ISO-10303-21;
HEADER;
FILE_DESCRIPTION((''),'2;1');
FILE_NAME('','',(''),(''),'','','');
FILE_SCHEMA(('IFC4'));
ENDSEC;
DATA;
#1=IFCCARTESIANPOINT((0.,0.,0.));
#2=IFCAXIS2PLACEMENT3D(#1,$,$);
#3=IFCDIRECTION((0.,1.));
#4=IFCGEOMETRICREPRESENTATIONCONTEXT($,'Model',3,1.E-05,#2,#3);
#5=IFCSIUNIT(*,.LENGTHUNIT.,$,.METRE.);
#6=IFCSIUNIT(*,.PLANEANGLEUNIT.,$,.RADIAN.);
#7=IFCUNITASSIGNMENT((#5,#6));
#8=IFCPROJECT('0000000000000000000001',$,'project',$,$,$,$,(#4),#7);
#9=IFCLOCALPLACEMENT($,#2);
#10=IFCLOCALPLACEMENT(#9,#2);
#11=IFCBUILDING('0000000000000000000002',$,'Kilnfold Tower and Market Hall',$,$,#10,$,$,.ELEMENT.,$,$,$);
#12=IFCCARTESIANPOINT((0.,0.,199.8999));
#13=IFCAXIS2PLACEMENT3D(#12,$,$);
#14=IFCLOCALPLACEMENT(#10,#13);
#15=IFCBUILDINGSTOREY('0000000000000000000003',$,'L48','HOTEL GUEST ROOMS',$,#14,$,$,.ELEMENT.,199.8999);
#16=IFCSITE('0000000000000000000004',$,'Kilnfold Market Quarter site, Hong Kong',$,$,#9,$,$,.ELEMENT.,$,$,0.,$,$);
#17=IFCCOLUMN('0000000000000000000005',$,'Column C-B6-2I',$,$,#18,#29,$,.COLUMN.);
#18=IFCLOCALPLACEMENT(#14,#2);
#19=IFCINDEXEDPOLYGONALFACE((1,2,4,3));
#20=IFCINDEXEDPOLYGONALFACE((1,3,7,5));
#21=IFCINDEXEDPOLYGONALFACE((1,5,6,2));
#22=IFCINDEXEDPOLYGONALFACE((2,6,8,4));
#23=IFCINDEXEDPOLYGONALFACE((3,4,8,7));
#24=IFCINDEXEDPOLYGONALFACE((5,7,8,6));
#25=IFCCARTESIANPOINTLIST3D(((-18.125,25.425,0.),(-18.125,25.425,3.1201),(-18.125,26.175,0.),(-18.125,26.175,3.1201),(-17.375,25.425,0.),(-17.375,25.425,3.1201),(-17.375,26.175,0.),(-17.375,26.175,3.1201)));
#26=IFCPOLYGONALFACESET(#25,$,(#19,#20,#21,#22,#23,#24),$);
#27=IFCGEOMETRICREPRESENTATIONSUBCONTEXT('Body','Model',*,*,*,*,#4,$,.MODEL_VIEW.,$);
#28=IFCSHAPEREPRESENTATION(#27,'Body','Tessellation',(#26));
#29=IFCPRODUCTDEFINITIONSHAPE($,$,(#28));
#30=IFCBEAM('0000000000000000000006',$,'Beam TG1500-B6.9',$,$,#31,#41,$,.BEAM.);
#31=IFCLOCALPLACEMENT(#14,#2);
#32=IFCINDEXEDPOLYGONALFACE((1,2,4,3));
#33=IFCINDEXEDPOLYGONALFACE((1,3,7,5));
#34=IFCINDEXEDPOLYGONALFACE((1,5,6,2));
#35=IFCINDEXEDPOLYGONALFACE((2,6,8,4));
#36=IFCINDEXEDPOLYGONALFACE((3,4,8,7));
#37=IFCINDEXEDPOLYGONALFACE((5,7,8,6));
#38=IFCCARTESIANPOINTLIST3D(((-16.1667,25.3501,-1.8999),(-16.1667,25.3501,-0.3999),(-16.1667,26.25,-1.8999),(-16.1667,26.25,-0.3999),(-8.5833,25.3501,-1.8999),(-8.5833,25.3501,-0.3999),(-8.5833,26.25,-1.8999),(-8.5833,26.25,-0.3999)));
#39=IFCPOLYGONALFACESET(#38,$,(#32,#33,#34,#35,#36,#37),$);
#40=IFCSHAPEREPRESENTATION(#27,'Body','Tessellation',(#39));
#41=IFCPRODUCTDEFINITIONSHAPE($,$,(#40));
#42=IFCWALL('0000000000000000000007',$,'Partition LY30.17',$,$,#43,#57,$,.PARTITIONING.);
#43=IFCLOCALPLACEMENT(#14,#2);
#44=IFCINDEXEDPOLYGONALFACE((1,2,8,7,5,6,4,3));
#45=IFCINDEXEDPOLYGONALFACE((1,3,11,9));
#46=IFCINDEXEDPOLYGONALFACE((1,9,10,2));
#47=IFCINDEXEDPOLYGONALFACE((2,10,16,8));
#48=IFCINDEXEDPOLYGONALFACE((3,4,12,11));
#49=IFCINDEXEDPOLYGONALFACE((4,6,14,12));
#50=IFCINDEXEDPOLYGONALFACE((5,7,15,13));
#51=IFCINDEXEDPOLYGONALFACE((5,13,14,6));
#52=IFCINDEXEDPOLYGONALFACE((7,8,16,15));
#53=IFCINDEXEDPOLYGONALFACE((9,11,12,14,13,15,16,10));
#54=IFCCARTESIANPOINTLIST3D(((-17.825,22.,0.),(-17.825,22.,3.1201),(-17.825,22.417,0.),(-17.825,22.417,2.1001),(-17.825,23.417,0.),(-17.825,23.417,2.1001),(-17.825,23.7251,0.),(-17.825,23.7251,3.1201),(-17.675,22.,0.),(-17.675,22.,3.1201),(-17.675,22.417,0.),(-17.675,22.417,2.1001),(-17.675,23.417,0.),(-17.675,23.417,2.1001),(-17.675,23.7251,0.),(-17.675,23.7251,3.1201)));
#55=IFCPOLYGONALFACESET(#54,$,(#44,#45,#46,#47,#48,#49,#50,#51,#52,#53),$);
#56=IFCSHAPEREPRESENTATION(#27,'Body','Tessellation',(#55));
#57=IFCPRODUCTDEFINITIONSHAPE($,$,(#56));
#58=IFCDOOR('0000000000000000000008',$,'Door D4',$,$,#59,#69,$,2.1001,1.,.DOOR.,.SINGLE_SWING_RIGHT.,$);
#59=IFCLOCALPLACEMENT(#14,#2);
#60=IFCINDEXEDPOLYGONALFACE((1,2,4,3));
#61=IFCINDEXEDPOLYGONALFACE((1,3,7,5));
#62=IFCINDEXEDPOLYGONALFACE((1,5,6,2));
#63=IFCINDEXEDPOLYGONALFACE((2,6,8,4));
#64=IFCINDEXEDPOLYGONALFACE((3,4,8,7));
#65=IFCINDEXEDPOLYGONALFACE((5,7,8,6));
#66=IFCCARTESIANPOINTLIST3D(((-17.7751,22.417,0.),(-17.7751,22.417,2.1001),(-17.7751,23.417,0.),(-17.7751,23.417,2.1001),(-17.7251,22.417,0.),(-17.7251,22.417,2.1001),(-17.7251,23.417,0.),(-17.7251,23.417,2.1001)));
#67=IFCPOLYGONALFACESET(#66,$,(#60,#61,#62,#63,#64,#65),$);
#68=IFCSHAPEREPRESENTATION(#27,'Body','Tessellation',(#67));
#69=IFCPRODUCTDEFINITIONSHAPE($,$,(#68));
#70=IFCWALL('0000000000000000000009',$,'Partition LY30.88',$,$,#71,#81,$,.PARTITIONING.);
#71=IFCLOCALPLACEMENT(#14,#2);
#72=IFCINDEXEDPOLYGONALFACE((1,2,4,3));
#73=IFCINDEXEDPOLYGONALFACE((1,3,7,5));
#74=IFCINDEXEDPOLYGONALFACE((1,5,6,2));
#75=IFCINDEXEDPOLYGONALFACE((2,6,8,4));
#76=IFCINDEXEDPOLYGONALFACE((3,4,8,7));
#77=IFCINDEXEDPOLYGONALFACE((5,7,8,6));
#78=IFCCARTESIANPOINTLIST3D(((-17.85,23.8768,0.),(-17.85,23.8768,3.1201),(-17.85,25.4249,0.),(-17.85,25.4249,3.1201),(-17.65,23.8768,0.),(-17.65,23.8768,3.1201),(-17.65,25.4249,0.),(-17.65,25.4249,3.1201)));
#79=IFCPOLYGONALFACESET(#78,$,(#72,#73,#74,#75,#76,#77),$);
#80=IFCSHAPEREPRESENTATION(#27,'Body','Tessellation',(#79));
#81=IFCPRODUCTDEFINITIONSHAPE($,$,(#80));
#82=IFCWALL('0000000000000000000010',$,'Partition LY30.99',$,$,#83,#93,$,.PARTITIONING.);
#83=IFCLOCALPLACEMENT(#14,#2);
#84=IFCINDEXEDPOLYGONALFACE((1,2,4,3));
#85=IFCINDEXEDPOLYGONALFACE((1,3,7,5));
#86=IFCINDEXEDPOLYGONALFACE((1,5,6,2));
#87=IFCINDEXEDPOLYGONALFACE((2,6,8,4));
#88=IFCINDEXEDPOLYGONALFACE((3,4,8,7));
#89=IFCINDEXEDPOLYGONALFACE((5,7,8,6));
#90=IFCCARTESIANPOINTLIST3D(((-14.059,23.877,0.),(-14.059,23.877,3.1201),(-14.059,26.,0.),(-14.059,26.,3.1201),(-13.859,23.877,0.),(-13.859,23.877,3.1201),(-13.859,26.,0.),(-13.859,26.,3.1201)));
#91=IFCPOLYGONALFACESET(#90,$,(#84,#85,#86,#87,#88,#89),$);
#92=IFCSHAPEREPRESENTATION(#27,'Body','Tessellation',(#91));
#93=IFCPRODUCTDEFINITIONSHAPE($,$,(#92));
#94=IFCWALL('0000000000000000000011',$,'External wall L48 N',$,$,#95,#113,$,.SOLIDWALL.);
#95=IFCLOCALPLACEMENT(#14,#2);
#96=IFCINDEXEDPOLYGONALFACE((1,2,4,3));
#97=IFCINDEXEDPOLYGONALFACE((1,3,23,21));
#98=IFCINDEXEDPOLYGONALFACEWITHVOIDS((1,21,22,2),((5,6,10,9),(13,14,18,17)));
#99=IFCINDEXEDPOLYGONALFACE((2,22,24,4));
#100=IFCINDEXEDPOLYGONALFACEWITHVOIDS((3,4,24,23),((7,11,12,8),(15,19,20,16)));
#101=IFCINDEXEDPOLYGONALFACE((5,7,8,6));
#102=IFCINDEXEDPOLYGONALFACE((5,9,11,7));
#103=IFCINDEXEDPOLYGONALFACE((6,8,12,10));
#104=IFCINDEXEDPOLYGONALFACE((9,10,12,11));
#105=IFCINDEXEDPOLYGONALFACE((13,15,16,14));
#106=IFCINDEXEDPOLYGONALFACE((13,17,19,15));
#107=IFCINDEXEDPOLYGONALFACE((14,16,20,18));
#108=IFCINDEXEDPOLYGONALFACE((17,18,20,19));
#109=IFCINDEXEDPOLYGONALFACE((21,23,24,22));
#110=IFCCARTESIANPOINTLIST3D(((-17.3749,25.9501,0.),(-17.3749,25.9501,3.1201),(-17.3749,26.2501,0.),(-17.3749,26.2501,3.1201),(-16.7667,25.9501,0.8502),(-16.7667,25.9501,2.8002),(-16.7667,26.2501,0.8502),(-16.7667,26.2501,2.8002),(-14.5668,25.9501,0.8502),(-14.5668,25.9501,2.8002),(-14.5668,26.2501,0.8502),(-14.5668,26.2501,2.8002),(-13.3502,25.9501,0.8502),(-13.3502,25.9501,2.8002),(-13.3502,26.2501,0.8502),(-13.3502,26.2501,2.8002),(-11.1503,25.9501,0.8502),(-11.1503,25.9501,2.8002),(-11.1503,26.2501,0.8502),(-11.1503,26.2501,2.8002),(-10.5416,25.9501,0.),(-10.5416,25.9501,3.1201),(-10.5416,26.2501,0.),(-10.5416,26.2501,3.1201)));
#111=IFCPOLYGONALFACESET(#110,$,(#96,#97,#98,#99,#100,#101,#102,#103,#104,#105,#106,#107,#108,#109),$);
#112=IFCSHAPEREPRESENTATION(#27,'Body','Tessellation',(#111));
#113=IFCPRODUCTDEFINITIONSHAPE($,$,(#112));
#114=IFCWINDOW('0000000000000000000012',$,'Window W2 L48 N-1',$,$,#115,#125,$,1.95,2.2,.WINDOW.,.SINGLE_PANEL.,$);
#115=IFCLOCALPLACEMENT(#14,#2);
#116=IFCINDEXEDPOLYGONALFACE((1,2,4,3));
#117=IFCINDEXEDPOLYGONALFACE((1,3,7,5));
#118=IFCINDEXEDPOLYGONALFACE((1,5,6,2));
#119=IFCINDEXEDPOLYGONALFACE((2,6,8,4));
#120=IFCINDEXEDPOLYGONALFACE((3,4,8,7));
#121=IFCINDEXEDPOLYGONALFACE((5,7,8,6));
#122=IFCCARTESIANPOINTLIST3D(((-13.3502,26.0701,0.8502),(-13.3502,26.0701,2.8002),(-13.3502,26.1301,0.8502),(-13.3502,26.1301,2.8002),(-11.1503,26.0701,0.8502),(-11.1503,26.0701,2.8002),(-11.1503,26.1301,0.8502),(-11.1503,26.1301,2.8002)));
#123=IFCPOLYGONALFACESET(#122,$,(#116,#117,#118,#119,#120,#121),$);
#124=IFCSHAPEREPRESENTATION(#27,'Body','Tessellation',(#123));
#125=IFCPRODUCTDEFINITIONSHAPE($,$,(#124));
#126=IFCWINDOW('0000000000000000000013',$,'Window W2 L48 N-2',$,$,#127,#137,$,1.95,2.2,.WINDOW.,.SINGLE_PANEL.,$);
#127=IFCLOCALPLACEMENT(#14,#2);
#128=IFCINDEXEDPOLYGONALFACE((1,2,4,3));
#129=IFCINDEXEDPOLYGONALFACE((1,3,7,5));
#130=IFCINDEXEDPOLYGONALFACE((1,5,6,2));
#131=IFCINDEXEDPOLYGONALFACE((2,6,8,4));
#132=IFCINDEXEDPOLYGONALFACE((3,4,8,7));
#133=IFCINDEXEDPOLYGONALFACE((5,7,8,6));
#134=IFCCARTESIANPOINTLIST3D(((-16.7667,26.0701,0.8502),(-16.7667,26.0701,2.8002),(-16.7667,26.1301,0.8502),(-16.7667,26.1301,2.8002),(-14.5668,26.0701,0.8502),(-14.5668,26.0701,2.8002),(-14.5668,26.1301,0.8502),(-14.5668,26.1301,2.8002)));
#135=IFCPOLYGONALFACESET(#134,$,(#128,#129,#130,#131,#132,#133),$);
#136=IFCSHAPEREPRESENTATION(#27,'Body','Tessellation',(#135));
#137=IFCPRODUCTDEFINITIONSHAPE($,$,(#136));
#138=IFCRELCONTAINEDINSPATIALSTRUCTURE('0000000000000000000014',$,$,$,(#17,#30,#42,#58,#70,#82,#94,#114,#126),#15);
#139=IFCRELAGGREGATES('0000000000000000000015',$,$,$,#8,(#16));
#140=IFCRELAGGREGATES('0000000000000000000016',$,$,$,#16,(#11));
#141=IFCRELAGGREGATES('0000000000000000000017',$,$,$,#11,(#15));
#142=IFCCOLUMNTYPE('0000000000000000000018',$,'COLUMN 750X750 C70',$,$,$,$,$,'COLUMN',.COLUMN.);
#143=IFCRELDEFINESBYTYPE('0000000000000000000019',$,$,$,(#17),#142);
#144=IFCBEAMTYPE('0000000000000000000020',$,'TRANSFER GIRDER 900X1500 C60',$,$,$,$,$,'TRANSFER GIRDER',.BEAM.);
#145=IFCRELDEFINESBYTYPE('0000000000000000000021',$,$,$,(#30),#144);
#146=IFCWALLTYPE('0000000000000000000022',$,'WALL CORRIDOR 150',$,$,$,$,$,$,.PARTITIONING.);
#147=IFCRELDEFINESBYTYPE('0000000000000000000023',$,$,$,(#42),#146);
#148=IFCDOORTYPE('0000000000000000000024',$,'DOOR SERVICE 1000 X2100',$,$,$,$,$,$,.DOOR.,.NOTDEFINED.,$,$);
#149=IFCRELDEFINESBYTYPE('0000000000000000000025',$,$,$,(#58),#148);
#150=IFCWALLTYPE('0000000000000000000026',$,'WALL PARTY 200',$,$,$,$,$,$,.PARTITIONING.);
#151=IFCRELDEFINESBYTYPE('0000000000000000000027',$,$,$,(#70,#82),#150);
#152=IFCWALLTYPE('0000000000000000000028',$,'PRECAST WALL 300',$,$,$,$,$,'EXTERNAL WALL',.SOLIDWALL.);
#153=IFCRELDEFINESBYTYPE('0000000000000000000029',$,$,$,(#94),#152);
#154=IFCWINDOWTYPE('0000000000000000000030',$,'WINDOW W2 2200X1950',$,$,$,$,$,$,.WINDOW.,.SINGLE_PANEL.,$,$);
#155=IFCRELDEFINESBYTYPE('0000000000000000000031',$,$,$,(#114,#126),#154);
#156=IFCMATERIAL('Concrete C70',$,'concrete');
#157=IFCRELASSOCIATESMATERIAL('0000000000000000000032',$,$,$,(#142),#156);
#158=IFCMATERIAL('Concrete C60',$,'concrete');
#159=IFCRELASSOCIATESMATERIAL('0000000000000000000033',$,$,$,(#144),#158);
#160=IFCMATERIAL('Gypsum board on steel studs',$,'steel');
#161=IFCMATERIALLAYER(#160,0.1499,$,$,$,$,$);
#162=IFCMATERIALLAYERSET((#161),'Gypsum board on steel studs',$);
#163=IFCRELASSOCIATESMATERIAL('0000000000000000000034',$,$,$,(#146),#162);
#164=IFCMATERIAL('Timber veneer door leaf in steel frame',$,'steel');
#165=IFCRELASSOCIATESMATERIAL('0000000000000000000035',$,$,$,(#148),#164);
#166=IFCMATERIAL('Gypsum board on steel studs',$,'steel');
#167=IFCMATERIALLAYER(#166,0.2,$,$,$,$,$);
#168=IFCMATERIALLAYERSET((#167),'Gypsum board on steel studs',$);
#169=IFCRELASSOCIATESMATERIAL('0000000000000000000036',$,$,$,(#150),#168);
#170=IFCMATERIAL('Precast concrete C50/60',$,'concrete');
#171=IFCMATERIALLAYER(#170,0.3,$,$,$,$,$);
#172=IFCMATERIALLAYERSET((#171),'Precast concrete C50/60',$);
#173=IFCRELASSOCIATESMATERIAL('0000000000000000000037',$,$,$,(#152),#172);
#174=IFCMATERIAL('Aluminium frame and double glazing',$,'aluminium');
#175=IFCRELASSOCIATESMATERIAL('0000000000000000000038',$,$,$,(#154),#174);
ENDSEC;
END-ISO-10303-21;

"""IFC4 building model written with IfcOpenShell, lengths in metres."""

from ifc_helpers import new_model, si_unit, direction, frame, frame_2d, origin, origin_2d, place, context, subcontext, project, spatial, rectangle, extrude, source, transform, mapped, material, layer, layer_set, material_profile, profile_set, type_object, element, fill, save


model = new_model("IFC4")

# Units and contexts
model_context = context("Model", 3, precision=1e-05, world=origin(), true_north=direction((0.0, 1.0)))
body_context = subcontext(model_context, "Body", "Model", "MODEL_VIEW")
ifc_project = project(units=[si_unit("LENGTHUNIT", "METRE"), si_unit("PLANEANGLEUNIT", "RADIAN")], contexts=[model_context])

# Site, building, storey
site_placement = place(None, origin())
site = spatial("IfcSite", under=ifc_project, at=site_placement, Name="Kilnfold Market Quarter site, Hong Kong", CompositionType="ELEMENT", RefElevation=0.0)
building_placement = place(site_placement, origin())
building = spatial("IfcBuilding", under=site, at=building_placement, Name="Kilnfold Tower and Market Hall", CompositionType="ELEMENT")
storey_placement = place(building_placement, frame((0.0, 0.0, 199.8999)))
storey = spatial("IfcBuildingStorey", under=building, at=storey_placement, Name="L48", Description="HOTEL GUEST ROOMS", CompositionType="ELEMENT", Elevation=199.8999)

# Column
ifc_material_1 = material(Name="Concrete C70", Category="concrete")
ifc_material_profile_1 = material_profile(ifc_material_1, rectangle(XDim=0.75, YDim=0.75, at=origin_2d()), Name="RC 750x750")
ifc_profile_set_1 = profile_set([ifc_material_profile_1], Name="Concrete C70")
column_type = type_object("IfcColumnType", Name="COLUMN 750X750 C70", ElementType="COLUMN", PredefinedType="COLUMN", material=ifc_profile_set_1)
shared_shape_1 = source(origin(), body_context, "Body", "SweptSolid", [
    extrude(rectangle(XDim=0.75, YDim=0.75, at=origin_2d()), origin(), (0.0, 0.0, 1.0), 3.1201),
])
column_placement = place(storey_placement, frame((-17.75, 25.8, 0.0), z_axis=(0.0, 0.0, 1.0), x_axis=(1.0, 0.0, 0.0)))
element("IfcColumn", 1, at=column_placement, inside=storey, type_object=column_type, Name="Column C-B6-2I", PredefinedType="COLUMN", context=body_context, shape_type="MappedRepresentation", body=[
    mapped(shared_shape_1, transform((0.0, 0.0, 0.0))),
])

# Beam
ifc_material_2 = material(Name="Concrete C60", Category="concrete")
ifc_material_profile_2 = material_profile(ifc_material_2, rectangle(XDim=0.8999, YDim=1.5, at=origin_2d()), Name="RC 900x1500")
ifc_profile_set_2 = profile_set([ifc_material_profile_2], Name="Concrete C60")
beam_type = type_object("IfcBeamType", Name="TRANSFER GIRDER 900X1500 C60", ElementType="TRANSFER GIRDER", PredefinedType="BEAM", material=ifc_profile_set_2)
shared_shape_2 = source(origin(), body_context, "Body", "SweptSolid", [
    extrude(rectangle(XDim=0.8999, YDim=1.5, at=origin_2d()), origin(), (0.0, 0.0, 1.0), 7.5835),
])
beam_placement = place(storey_placement, frame((-16.1667, 25.8, -1.1499), z_axis=(1.0, 0.0, 0.0), x_axis=(0.0, 1.0, 0.0)))
element("IfcBeam", 2, at=beam_placement, inside=storey, type_object=beam_type, Name="Beam TG1500-B6.9", PredefinedType="BEAM", context=body_context, shape_type="MappedRepresentation", body=[
    mapped(shared_shape_2, transform((0.0, 0.0, 0.0))),
])

# Wall, opening, door
ifc_material_3 = material(Name="Gypsum board on steel studs", Category="steel")
ifc_layer_1 = layer(ifc_material_3, 0.1499)
ifc_layer_set_1 = layer_set([ifc_layer_1], Name="Gypsum board on steel studs")
wall_type_1 = type_object("IfcWallType", Name="WALL CORRIDOR 150", PredefinedType="PARTITIONING", material=ifc_layer_set_1)
wall_1_placement = place(storey_placement, frame((-17.75, 23.7251, 0.0), z_axis=(0.0, 0.0, 1.0), x_axis=(0.0, -1.0, 0.0)))
wall_1 = element("IfcWall", 3, at=wall_1_placement, inside=storey, type_object=wall_type_1, Name="Partition LY30.17", PredefinedType="PARTITIONING", context=body_context, shape_type="SweptSolid", body=[
    extrude(rectangle(XDim=1.7251, YDim=0.1499, at=frame_2d((0.8625, 0.0))), origin(), (0.0, 0.0, 1.0), 3.1201),
])
opening_1_placement = place(wall_1_placement, frame((0.3081, 0.0, 0.0)))
opening_1 = element("IfcOpeningElement", 4, at=opening_1_placement, cuts=wall_1, PredefinedType="OPENING", context=body_context, shape_type="SweptSolid", body=[
    extrude(rectangle(XDim=1.0, YDim=2.1001, at=frame_2d((0.5, 1.05))), frame((0.0, 0.085, 0.0), z_axis=(0.0, -1.0, 0.0), x_axis=(1.0, 0.0, 0.0)), (0.0, 0.0, 1.0), 0.1699),
])
ifc_material_4 = material(Name="Timber veneer door leaf in steel frame", Category="steel")
door_type = type_object("IfcDoorType", Name="DOOR SERVICE 1000 X2100", OperationType="NOTDEFINED", PredefinedType="DOOR", material=ifc_material_4)
door_placement = place(opening_1_placement, origin())
door = element("IfcDoor", 5, at=door_placement, inside=storey, type_object=door_type, Name="Door D4", OperationType="SINGLE_SWING_RIGHT", OverallHeight=2.1001, OverallWidth=1.0, PredefinedType="DOOR", context=body_context, shape_type="SweptSolid", body=[
    extrude(rectangle(XDim=1.0, YDim=2.1001, at=frame_2d((0.5, 1.05))), frame((0.0, 0.0249, 0.0), z_axis=(0.0, -1.0, 0.0), x_axis=(1.0, 0.0, 0.0)), (0.0, 0.0, 1.0), 0.05),
])
fill(opening_1, door)

# Walls
ifc_material_5 = material(Name="Gypsum board on steel studs", Category="steel")
ifc_layer_2 = layer(ifc_material_5, 0.2)
ifc_layer_set_2 = layer_set([ifc_layer_2], Name="Gypsum board on steel studs")
wall_type_2 = type_object("IfcWallType", Name="WALL PARTY 200", PredefinedType="PARTITIONING", material=ifc_layer_set_2)
wall_2_placement = place(storey_placement, frame((-17.75, 23.877, 0.0), z_axis=(0.0, 0.0, 1.0), x_axis=(0.0, 1.0, 0.0)))
element("IfcWall", 6, at=wall_2_placement, inside=storey, type_object=wall_type_2, Name="Partition LY30.88", PredefinedType="PARTITIONING", context=body_context, shape_type="SweptSolid", body=[
    extrude(rectangle(XDim=1.5481, YDim=0.2, at=frame_2d((0.7739, 0.0))), origin(), (0.0, 0.0, 1.0), 3.1201),
])
wall_3_placement = place(storey_placement, frame((-13.959, 23.877, 0.0), z_axis=(0.0, 0.0, 1.0), x_axis=(0.0, 1.0, 0.0)))
element("IfcWall", 7, at=wall_3_placement, inside=storey, type_object=wall_type_2, Name="Partition LY30.99", PredefinedType="PARTITIONING", context=body_context, shape_type="SweptSolid", body=[
    extrude(rectangle(XDim=2.123, YDim=0.2, at=frame_2d((1.0615, 0.0))), origin(), (0.0, 0.0, 1.0), 3.1201),
])

# Wall, openings, windows
ifc_material_6 = material(Name="Precast concrete C50/60", Category="concrete")
ifc_layer_3 = layer(ifc_material_6, 0.3)
ifc_layer_set_3 = layer_set([ifc_layer_3], Name="Precast concrete C50/60")
wall_type_3 = type_object("IfcWallType", Name="PRECAST WALL 300", ElementType="EXTERNAL WALL", PredefinedType="SOLIDWALL", material=ifc_layer_set_3)
shared_shape_3 = source(origin(), body_context, "Body", "SweptSolid", [
    extrude(rectangle(XDim=6.8333, YDim=0.3, at=frame_2d((3.4165, 0.0))), origin(), (0.0, 0.0, 1.0), 3.1201),
])
wall_4_placement = place(storey_placement, frame((-10.5417, 26.1001, 0.0), z_axis=(0.0, 0.0, 1.0), x_axis=(-1.0, 0.0, 0.0)))
wall_4 = element("IfcWall", 8, at=wall_4_placement, inside=storey, type_object=wall_type_3, Name="External wall L48 N", PredefinedType="SOLIDWALL", context=body_context, shape_type="MappedRepresentation", body=[
    mapped(shared_shape_3, transform((0.0, 0.0, 0.0))),
])
opening_2_placement = place(wall_4_placement, frame((0.6084, 0.0, 0.8501)))
opening_2 = element("IfcOpeningElement", 9, at=opening_2_placement, cuts=wall_4, PredefinedType="OPENING", context=body_context, shape_type="SweptSolid", body=[
    extrude(rectangle(XDim=2.2, YDim=1.95, at=frame_2d((1.1001, 0.9751))), frame((0.0, 0.1602, 0.0), z_axis=(0.0, -1.0, 0.0), x_axis=(1.0, 0.0, 0.0)), (0.0, 0.0, 1.0), 0.3201),
])
opening_3_placement = place(wall_4_placement, frame((4.0249, 0.0, 0.8501)))
opening_3 = element("IfcOpeningElement", 10, at=opening_3_placement, cuts=wall_4, PredefinedType="OPENING", context=body_context, shape_type="SweptSolid", body=[
    extrude(rectangle(XDim=2.2, YDim=1.95, at=frame_2d((1.1001, 0.9751))), frame((0.0, 0.1602, 0.0), z_axis=(0.0, -1.0, 0.0), x_axis=(1.0, 0.0, 0.0)), (0.0, 0.0, 1.0), 0.3201),
])
ifc_material_7 = material(Name="Aluminium frame and double glazing", Category="aluminium")
window_type = type_object("IfcWindowType", Name="WINDOW W2 2200X1950", PartitioningType="SINGLE_PANEL", PredefinedType="WINDOW", material=ifc_material_7)
window_1_placement = place(opening_2_placement, origin())
window_1 = element("IfcWindow", 11, at=window_1_placement, inside=storey, type_object=window_type, Name="Window W2 L48 N-1", OverallHeight=1.95, OverallWidth=2.2, PartitioningType="SINGLE_PANEL", PredefinedType="WINDOW", context=body_context, shape_type="SweptSolid", body=[
    extrude(rectangle(XDim=2.2, YDim=1.95, at=frame_2d((1.1001, 0.9751))), frame((0.0, 0.03, 0.0), z_axis=(0.0, -1.0, 0.0), x_axis=(1.0, 0.0, 0.0)), (0.0, 0.0, 1.0), 0.0601),
])
fill(opening_2, window_1)
window_2_placement = place(opening_3_placement, origin())
window_2 = element("IfcWindow", 12, at=window_2_placement, inside=storey, type_object=window_type, Name="Window W2 L48 N-2", OverallHeight=1.95, OverallWidth=2.2, PartitioningType="SINGLE_PANEL", PredefinedType="WINDOW", context=body_context, shape_type="SweptSolid", body=[
    extrude(rectangle(XDim=2.2, YDim=1.95, at=frame_2d((1.1001, 0.9751))), frame((0.0, 0.03, 0.0), z_axis=(0.0, -1.0, 0.0), x_axis=(1.0, 0.0, 0.0)), (0.0, 0.0, 1.0), 0.0601),
])
fill(opening_3, window_2)

save(model, "model.ifc")
